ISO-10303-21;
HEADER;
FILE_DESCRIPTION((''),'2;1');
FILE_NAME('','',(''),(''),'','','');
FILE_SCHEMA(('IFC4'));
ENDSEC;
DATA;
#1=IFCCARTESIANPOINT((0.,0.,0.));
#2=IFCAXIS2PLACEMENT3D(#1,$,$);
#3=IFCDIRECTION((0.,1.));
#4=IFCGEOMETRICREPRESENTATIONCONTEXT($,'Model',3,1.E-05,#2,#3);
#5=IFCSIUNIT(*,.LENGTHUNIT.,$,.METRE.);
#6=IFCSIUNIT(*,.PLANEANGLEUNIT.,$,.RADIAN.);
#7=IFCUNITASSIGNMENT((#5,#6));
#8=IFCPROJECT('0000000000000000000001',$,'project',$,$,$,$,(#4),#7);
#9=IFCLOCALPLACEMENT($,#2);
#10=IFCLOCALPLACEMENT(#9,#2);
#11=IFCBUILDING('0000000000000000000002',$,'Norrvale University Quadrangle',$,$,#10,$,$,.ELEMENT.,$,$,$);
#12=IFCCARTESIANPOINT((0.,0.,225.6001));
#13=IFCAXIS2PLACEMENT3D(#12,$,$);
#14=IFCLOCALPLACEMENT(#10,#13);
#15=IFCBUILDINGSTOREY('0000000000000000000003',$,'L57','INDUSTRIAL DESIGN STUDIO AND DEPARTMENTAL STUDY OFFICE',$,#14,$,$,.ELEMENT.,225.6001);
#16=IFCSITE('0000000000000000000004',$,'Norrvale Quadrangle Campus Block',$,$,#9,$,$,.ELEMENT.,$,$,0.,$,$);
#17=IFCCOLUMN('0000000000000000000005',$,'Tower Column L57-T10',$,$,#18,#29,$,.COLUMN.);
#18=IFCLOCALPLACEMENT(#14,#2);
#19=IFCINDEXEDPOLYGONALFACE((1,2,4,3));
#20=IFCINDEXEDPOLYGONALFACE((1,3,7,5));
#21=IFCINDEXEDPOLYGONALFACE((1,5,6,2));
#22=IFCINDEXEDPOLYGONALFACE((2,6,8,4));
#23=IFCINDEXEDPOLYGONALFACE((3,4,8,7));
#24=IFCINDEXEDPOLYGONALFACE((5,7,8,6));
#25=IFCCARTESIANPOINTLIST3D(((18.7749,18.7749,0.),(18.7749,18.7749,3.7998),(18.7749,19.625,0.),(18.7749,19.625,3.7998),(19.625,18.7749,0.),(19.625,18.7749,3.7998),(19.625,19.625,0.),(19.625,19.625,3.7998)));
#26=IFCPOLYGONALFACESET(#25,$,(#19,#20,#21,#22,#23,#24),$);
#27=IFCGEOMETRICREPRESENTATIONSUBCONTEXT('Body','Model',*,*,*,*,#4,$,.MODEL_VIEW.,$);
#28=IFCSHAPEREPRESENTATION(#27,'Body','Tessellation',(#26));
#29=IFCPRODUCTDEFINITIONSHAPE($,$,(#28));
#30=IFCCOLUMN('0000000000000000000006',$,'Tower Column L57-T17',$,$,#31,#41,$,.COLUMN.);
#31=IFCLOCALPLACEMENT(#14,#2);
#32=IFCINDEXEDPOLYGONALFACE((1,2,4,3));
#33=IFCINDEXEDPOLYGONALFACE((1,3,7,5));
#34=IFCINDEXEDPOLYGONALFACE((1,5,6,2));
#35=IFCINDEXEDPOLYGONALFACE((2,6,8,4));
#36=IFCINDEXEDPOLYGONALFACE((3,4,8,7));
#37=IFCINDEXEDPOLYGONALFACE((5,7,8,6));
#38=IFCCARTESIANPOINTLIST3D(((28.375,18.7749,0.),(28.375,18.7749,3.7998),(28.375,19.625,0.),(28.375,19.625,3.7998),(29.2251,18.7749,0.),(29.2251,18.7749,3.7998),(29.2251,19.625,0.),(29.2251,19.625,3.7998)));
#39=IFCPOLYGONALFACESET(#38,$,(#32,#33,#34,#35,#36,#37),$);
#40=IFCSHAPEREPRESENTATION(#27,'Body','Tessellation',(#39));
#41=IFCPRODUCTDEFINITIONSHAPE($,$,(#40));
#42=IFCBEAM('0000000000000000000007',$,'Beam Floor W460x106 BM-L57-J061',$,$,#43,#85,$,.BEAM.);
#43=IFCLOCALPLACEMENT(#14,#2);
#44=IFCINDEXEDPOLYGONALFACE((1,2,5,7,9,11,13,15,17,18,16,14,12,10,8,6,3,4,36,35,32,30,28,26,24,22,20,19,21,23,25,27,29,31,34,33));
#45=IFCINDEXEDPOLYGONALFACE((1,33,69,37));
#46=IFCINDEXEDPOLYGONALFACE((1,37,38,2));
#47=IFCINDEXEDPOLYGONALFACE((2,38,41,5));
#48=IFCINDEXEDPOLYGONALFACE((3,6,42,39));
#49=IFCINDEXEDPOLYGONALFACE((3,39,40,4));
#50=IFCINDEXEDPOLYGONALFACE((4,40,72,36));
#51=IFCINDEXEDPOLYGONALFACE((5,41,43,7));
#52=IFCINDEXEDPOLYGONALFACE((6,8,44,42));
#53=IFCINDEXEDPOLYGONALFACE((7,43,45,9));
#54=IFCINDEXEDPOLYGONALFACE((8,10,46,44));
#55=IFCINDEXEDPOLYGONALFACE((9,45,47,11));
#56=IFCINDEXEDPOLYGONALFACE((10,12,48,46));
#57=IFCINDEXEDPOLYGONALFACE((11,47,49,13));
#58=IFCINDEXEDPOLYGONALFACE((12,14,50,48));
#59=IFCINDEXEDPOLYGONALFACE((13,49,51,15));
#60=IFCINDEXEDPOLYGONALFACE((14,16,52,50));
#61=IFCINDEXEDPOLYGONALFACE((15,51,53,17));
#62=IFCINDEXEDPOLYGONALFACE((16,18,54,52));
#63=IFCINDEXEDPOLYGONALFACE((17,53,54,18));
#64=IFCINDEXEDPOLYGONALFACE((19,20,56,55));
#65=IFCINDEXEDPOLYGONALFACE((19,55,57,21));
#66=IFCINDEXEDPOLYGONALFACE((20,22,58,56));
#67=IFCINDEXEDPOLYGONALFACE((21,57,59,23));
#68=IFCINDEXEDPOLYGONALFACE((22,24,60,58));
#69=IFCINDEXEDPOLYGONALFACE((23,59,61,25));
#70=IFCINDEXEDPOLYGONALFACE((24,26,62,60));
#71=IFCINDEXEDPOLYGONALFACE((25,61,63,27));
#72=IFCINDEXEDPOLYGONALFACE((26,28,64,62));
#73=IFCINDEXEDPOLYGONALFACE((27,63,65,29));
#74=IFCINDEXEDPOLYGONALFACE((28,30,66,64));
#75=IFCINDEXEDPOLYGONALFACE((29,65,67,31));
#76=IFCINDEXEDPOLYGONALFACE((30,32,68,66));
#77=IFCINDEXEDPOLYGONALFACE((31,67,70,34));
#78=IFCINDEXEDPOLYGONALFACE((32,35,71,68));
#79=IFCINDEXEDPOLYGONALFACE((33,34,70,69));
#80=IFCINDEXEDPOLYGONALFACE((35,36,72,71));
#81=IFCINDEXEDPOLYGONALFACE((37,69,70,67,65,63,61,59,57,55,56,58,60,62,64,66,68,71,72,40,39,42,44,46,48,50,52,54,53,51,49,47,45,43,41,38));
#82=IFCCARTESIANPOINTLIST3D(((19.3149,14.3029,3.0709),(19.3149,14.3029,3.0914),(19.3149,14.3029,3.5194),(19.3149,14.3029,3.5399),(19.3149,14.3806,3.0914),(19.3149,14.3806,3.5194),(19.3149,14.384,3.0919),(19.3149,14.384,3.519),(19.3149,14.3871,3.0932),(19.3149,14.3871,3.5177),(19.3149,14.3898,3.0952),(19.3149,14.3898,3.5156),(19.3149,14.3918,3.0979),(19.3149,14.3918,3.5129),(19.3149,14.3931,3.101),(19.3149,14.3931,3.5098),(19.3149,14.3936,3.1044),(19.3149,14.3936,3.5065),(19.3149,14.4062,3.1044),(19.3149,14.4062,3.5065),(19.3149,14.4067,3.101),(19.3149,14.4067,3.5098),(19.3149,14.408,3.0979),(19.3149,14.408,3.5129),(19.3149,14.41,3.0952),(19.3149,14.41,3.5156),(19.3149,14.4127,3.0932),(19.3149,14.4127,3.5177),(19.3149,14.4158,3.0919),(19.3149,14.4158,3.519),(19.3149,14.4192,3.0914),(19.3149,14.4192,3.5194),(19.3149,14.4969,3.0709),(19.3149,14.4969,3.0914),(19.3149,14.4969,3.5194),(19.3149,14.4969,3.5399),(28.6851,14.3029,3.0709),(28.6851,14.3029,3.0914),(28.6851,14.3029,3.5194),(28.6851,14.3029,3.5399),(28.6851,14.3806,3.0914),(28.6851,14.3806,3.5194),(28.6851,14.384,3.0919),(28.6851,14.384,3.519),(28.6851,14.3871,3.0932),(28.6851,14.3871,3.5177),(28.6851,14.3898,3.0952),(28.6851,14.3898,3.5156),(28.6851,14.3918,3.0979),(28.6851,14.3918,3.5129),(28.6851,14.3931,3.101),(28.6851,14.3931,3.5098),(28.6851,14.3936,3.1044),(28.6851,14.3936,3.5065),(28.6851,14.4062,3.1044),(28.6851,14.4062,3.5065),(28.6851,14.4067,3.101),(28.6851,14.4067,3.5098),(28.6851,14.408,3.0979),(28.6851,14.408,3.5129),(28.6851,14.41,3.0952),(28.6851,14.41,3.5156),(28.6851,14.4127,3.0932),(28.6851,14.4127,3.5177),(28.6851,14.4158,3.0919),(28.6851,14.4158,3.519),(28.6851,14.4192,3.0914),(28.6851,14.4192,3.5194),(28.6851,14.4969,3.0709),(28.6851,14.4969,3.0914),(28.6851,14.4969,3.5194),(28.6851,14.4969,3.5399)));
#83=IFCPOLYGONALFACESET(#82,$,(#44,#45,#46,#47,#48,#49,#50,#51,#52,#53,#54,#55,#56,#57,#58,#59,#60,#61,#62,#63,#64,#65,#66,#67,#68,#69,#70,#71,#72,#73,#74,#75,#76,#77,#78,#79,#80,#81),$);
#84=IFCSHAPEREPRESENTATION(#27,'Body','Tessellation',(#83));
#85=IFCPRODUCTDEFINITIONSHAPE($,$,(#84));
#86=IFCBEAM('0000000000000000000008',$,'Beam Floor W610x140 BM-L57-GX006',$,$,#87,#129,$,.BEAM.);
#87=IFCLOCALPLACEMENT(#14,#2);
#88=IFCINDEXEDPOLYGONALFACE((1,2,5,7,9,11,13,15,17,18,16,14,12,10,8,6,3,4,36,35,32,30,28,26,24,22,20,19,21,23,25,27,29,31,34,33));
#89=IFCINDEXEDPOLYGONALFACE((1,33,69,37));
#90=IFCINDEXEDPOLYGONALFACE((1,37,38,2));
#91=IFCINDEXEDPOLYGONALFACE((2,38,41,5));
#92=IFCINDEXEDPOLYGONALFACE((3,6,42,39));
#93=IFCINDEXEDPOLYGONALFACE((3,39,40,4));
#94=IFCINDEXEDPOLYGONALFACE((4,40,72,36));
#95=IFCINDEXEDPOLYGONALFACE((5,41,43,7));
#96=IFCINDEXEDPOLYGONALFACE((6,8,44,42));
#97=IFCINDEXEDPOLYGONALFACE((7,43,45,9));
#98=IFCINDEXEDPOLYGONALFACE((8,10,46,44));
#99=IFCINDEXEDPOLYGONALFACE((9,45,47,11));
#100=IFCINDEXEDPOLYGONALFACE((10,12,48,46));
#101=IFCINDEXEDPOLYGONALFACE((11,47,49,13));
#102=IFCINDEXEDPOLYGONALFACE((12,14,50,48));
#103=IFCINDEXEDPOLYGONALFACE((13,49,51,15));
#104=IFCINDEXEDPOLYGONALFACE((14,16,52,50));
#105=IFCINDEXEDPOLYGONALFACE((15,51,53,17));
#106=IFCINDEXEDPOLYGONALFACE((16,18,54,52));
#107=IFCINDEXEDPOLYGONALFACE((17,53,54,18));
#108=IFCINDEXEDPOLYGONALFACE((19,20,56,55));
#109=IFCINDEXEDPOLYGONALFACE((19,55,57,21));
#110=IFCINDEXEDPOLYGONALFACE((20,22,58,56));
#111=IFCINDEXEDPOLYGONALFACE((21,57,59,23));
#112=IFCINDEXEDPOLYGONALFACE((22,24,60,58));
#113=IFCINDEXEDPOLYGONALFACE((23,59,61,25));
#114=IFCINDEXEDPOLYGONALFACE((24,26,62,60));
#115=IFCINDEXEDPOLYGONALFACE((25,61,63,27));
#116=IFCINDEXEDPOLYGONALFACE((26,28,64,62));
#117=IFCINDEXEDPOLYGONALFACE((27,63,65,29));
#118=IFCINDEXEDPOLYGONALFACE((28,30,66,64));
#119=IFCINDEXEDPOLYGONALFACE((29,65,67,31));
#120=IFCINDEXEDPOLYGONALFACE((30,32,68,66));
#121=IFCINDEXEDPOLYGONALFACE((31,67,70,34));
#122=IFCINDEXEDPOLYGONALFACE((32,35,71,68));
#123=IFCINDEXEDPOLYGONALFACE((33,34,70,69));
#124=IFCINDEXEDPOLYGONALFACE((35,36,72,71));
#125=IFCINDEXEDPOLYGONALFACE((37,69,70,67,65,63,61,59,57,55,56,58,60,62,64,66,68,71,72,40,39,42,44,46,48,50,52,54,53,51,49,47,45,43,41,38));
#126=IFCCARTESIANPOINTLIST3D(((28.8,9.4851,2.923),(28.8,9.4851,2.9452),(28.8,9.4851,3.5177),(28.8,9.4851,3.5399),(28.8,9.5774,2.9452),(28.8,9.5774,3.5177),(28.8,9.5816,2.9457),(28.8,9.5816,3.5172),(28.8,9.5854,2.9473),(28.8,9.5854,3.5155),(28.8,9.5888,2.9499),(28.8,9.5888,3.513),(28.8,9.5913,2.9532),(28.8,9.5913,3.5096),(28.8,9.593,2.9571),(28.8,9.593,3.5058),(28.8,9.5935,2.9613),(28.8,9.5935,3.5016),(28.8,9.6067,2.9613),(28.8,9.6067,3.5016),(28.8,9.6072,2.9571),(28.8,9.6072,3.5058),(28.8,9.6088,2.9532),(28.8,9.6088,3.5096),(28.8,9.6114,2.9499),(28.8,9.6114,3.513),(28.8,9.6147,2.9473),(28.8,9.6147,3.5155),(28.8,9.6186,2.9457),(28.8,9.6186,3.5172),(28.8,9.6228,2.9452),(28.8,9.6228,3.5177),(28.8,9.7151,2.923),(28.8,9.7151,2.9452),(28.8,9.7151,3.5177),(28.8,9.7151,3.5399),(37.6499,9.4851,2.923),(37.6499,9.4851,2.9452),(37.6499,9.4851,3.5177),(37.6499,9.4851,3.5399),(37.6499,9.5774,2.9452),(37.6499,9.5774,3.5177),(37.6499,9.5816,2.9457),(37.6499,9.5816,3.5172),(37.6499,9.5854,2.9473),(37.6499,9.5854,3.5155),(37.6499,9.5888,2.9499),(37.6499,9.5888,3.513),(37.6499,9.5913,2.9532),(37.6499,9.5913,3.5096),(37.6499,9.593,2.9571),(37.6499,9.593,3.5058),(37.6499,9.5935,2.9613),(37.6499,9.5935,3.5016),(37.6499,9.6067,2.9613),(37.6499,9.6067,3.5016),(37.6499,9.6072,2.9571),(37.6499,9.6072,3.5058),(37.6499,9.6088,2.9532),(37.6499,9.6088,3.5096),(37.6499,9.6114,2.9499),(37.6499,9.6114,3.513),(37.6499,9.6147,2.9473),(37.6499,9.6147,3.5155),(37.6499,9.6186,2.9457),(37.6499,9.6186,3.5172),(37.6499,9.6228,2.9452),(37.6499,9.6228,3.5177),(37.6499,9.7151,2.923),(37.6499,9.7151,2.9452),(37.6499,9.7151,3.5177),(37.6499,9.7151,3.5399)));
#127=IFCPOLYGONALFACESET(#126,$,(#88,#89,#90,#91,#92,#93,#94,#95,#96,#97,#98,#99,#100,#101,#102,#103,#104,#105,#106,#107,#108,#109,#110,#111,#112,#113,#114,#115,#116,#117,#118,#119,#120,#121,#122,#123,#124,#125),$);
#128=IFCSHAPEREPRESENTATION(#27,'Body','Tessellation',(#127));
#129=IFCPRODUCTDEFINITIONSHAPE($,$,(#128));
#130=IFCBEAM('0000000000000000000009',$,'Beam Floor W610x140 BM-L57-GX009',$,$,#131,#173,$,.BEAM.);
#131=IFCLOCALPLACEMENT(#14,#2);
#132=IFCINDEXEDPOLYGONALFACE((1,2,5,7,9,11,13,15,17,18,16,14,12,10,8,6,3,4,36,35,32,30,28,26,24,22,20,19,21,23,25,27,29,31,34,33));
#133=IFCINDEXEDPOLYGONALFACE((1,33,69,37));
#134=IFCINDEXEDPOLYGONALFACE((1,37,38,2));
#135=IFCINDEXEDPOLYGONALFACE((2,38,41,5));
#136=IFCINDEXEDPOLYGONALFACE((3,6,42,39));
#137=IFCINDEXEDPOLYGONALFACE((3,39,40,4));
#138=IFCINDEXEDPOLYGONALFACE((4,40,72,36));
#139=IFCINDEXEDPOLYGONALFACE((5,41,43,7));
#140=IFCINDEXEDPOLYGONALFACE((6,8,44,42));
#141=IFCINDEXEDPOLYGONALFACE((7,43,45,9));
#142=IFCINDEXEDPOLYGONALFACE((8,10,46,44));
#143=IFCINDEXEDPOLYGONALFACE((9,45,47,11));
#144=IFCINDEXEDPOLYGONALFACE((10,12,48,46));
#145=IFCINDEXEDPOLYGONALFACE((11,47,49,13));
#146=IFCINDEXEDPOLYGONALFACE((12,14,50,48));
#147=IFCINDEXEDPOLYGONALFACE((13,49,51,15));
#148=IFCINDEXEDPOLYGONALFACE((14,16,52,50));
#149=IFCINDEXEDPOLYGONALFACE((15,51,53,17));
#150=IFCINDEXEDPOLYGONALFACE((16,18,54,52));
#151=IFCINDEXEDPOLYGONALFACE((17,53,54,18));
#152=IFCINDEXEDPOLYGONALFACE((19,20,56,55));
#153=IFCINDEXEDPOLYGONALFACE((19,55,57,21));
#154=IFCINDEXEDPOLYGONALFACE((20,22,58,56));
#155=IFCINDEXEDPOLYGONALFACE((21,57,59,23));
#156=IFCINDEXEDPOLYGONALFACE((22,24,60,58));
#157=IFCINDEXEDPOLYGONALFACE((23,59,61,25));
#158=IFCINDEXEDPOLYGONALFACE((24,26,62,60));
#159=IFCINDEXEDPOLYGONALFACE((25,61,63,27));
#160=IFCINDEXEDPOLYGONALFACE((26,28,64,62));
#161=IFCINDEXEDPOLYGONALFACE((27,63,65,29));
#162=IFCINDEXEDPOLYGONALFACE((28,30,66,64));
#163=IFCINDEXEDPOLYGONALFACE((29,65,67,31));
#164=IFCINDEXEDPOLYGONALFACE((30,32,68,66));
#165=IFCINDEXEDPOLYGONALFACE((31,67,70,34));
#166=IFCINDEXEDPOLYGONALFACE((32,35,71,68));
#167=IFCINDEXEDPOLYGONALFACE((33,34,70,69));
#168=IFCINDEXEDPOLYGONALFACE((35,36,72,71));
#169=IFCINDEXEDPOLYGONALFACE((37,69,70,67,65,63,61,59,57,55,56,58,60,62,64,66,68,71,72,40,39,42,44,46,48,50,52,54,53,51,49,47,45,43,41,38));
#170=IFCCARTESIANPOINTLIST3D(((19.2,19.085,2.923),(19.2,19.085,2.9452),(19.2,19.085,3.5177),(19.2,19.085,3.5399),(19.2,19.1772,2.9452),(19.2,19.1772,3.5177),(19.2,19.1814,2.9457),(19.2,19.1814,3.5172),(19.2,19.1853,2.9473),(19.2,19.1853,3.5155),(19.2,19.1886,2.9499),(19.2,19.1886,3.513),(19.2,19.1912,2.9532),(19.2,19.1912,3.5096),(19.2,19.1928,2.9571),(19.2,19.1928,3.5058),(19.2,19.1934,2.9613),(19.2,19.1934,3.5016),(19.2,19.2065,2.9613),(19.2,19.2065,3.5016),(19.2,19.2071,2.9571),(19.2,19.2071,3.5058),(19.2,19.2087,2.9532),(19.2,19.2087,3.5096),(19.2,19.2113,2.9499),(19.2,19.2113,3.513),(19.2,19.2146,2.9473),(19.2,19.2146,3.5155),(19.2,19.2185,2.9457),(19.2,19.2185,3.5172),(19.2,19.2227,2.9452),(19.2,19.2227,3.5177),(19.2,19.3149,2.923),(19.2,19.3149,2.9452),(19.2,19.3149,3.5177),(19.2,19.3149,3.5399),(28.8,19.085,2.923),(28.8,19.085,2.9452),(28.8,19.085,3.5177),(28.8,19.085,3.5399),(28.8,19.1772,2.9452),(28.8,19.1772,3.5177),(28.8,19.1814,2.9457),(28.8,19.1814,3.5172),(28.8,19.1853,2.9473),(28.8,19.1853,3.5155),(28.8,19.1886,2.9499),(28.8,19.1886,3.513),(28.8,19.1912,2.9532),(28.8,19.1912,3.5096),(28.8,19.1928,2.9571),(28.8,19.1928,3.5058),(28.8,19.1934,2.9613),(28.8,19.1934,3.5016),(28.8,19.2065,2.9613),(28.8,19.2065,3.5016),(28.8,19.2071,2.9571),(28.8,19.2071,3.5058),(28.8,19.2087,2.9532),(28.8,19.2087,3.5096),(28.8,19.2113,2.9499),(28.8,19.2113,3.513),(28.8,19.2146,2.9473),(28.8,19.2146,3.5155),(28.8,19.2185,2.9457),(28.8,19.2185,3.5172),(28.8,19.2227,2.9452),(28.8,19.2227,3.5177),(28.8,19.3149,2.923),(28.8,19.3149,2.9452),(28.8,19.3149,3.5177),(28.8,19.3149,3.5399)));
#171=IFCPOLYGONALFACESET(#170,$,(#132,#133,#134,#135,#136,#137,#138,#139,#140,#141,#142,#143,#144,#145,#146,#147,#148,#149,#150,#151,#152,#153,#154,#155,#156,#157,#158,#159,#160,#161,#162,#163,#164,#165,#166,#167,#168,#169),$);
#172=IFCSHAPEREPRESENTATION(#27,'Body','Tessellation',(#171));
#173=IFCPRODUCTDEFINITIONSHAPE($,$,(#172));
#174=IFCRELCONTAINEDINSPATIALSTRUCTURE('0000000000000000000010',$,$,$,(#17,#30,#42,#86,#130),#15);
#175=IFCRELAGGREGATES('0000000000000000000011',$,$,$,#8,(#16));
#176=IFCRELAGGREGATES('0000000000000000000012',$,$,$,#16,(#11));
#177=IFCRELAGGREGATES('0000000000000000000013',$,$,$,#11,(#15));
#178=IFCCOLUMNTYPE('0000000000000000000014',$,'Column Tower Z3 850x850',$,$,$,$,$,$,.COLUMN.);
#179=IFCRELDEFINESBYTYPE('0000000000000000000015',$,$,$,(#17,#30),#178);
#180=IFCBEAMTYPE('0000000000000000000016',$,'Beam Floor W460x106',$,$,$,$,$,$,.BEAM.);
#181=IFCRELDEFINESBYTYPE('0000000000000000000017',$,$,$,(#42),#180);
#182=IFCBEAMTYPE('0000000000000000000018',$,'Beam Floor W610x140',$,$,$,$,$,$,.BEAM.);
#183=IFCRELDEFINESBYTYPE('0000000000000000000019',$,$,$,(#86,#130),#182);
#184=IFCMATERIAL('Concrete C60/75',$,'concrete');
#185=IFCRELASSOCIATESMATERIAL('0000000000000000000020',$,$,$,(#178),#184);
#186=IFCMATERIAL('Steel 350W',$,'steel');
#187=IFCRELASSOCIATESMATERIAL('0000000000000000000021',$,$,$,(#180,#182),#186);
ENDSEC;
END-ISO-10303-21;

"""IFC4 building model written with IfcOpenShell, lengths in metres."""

from ifc_helpers import new_model, si_unit, direction, frame, origin, origin_2d, place, context, subcontext, project, spatial, rectangle, i_section, extrude, material, material_profile, profile_set, type_object, element, save


model = new_model("IFC4")

# Units and contexts
model_context = context("Model", 3, precision=1e-05, world=origin(), true_north=direction((0.0, 1.0)))
body_context = subcontext(model_context, "Body", "Model", "MODEL_VIEW")
ifc_project = project(units=[si_unit("LENGTHUNIT", "METRE"), si_unit("PLANEANGLEUNIT", "RADIAN")], contexts=[model_context])

# Site, building, storey
site_placement = place(None, origin())
site = spatial("IfcSite", under=ifc_project, at=site_placement, Name="Norrvale Quadrangle Campus Block", CompositionType="ELEMENT", RefElevation=0.0)
building_placement = place(site_placement, origin())
building = spatial("IfcBuilding", under=site, at=building_placement, Name="Norrvale University Quadrangle", CompositionType="ELEMENT")
storey_placement = place(building_placement, frame((0.0, 0.0, 225.6001)))
storey = spatial("IfcBuildingStorey", under=building, at=storey_placement, Name="L57", Description="INDUSTRIAL DESIGN STUDIO AND DEPARTMENTAL STUDY OFFICE", CompositionType="ELEMENT", Elevation=225.6001)

# Columns
ifc_material_1 = material(Name="Concrete C60/75", Category="concrete")
ifc_material_profile_1 = material_profile(ifc_material_1, rectangle(XDim=0.8501, YDim=0.8501, at=origin_2d()), Name="Concrete C60/75")
ifc_profile_set_1 = profile_set([ifc_material_profile_1], Name="Concrete C60/75")
column_type = type_object("IfcColumnType", Name="Column Tower Z3 850x850", PredefinedType="COLUMN", material=ifc_profile_set_1)
for number, where, z_axis, x_axis, name in (
    (1, (19.2, 19.2, 0.0), (0.0, 0.0, 1.0), (1.0, 0.0, 0.0), "Tower Column L57-T10"),
    (2, (28.8, 19.2, 0.0), (0.0, 0.0, 1.0), (1.0, 0.0, 0.0), "Tower Column L57-T17"),
):
    element("IfcColumn", number, at=place(storey_placement, frame(where, z_axis=z_axis, x_axis=x_axis)), inside=storey, type_object=column_type, Name=name, PredefinedType="COLUMN", context=body_context, shape_type="SweptSolid", body=[
        extrude(rectangle(XDim=0.8501, YDim=0.8501, at=origin_2d()), origin(), (0.0, 0.0, 1.0), 3.7998),
    ])

# Beams
ifc_material_2 = material(Name="Steel 350W", Category="steel")
ifc_material_profile_2 = material_profile(ifc_material_2, i_section(OverallWidth=0.1941, OverallDepth=0.469, WebThickness=0.0127, FlangeThickness=0.0205, FilletRadius=0.0129, at=origin_2d()), Name="Steel 350W")
ifc_profile_set_2 = profile_set([ifc_material_profile_2], Name="Steel 350W")
beam_type_1 = type_object("IfcBeamType", Name="Beam Floor W460x106", PredefinedType="BEAM", material=ifc_profile_set_2)
beam_1_placement = place(storey_placement, frame((19.3149, 14.3999, 3.3054), z_axis=(1.0, 0.0, 0.0), x_axis=(0.0, 1.0, 0.0)))
element("IfcBeam", 3, at=beam_1_placement, inside=storey, type_object=beam_type_1, Name="Beam Floor W460x106 BM-L57-J061", PredefinedType="BEAM", context=body_context, shape_type="SweptSolid", body=[
    extrude(i_section(OverallWidth=0.1941, OverallDepth=0.469, WebThickness=0.0127, FlangeThickness=0.0205, FilletRadius=0.0129, at=origin_2d()), origin(), (0.0, 0.0, 1.0), 9.3701),
])
ifc_material_profile_3 = material_profile(ifc_material_2, i_section(OverallWidth=0.23, OverallDepth=0.6169, WebThickness=0.0132, FlangeThickness=0.0222, FilletRadius=0.0161, at=origin_2d()), Name="Steel 350W")
ifc_profile_set_3 = profile_set([ifc_material_profile_3], Name="Steel 350W")
beam_type_2 = type_object("IfcBeamType", Name="Beam Floor W610x140", PredefinedType="BEAM", material=ifc_profile_set_3)
beam_2_placement = place(storey_placement, frame((28.8, 9.6001, 3.2314), z_axis=(1.0, 0.0, 0.0), x_axis=(0.0, 1.0, 0.0)))
element("IfcBeam", 4, at=beam_2_placement, inside=storey, type_object=beam_type_2, Name="Beam Floor W610x140 BM-L57-GX006", PredefinedType="BEAM", context=body_context, shape_type="SweptSolid", body=[
    extrude(i_section(OverallWidth=0.23, OverallDepth=0.6169, WebThickness=0.0132, FlangeThickness=0.0222, FilletRadius=0.0161, at=origin_2d()), origin(), (0.0, 0.0, 1.0), 8.8499),
])
beam_3_placement = place(storey_placement, frame((19.2, 19.2, 3.2314), z_axis=(1.0, 0.0, 0.0), x_axis=(0.0, 1.0, 0.0)))
element("IfcBeam", 5, at=beam_3_placement, inside=storey, type_object=beam_type_2, Name="Beam Floor W610x140 BM-L57-GX009", PredefinedType="BEAM", context=body_context, shape_type="SweptSolid", body=[
    extrude(i_section(OverallWidth=0.23, OverallDepth=0.6169, WebThickness=0.0132, FlangeThickness=0.0222, FilletRadius=0.0161, at=origin_2d()), origin(), (0.0, 0.0, 1.0), 9.6001),
])

save(model, "model.ifc")
